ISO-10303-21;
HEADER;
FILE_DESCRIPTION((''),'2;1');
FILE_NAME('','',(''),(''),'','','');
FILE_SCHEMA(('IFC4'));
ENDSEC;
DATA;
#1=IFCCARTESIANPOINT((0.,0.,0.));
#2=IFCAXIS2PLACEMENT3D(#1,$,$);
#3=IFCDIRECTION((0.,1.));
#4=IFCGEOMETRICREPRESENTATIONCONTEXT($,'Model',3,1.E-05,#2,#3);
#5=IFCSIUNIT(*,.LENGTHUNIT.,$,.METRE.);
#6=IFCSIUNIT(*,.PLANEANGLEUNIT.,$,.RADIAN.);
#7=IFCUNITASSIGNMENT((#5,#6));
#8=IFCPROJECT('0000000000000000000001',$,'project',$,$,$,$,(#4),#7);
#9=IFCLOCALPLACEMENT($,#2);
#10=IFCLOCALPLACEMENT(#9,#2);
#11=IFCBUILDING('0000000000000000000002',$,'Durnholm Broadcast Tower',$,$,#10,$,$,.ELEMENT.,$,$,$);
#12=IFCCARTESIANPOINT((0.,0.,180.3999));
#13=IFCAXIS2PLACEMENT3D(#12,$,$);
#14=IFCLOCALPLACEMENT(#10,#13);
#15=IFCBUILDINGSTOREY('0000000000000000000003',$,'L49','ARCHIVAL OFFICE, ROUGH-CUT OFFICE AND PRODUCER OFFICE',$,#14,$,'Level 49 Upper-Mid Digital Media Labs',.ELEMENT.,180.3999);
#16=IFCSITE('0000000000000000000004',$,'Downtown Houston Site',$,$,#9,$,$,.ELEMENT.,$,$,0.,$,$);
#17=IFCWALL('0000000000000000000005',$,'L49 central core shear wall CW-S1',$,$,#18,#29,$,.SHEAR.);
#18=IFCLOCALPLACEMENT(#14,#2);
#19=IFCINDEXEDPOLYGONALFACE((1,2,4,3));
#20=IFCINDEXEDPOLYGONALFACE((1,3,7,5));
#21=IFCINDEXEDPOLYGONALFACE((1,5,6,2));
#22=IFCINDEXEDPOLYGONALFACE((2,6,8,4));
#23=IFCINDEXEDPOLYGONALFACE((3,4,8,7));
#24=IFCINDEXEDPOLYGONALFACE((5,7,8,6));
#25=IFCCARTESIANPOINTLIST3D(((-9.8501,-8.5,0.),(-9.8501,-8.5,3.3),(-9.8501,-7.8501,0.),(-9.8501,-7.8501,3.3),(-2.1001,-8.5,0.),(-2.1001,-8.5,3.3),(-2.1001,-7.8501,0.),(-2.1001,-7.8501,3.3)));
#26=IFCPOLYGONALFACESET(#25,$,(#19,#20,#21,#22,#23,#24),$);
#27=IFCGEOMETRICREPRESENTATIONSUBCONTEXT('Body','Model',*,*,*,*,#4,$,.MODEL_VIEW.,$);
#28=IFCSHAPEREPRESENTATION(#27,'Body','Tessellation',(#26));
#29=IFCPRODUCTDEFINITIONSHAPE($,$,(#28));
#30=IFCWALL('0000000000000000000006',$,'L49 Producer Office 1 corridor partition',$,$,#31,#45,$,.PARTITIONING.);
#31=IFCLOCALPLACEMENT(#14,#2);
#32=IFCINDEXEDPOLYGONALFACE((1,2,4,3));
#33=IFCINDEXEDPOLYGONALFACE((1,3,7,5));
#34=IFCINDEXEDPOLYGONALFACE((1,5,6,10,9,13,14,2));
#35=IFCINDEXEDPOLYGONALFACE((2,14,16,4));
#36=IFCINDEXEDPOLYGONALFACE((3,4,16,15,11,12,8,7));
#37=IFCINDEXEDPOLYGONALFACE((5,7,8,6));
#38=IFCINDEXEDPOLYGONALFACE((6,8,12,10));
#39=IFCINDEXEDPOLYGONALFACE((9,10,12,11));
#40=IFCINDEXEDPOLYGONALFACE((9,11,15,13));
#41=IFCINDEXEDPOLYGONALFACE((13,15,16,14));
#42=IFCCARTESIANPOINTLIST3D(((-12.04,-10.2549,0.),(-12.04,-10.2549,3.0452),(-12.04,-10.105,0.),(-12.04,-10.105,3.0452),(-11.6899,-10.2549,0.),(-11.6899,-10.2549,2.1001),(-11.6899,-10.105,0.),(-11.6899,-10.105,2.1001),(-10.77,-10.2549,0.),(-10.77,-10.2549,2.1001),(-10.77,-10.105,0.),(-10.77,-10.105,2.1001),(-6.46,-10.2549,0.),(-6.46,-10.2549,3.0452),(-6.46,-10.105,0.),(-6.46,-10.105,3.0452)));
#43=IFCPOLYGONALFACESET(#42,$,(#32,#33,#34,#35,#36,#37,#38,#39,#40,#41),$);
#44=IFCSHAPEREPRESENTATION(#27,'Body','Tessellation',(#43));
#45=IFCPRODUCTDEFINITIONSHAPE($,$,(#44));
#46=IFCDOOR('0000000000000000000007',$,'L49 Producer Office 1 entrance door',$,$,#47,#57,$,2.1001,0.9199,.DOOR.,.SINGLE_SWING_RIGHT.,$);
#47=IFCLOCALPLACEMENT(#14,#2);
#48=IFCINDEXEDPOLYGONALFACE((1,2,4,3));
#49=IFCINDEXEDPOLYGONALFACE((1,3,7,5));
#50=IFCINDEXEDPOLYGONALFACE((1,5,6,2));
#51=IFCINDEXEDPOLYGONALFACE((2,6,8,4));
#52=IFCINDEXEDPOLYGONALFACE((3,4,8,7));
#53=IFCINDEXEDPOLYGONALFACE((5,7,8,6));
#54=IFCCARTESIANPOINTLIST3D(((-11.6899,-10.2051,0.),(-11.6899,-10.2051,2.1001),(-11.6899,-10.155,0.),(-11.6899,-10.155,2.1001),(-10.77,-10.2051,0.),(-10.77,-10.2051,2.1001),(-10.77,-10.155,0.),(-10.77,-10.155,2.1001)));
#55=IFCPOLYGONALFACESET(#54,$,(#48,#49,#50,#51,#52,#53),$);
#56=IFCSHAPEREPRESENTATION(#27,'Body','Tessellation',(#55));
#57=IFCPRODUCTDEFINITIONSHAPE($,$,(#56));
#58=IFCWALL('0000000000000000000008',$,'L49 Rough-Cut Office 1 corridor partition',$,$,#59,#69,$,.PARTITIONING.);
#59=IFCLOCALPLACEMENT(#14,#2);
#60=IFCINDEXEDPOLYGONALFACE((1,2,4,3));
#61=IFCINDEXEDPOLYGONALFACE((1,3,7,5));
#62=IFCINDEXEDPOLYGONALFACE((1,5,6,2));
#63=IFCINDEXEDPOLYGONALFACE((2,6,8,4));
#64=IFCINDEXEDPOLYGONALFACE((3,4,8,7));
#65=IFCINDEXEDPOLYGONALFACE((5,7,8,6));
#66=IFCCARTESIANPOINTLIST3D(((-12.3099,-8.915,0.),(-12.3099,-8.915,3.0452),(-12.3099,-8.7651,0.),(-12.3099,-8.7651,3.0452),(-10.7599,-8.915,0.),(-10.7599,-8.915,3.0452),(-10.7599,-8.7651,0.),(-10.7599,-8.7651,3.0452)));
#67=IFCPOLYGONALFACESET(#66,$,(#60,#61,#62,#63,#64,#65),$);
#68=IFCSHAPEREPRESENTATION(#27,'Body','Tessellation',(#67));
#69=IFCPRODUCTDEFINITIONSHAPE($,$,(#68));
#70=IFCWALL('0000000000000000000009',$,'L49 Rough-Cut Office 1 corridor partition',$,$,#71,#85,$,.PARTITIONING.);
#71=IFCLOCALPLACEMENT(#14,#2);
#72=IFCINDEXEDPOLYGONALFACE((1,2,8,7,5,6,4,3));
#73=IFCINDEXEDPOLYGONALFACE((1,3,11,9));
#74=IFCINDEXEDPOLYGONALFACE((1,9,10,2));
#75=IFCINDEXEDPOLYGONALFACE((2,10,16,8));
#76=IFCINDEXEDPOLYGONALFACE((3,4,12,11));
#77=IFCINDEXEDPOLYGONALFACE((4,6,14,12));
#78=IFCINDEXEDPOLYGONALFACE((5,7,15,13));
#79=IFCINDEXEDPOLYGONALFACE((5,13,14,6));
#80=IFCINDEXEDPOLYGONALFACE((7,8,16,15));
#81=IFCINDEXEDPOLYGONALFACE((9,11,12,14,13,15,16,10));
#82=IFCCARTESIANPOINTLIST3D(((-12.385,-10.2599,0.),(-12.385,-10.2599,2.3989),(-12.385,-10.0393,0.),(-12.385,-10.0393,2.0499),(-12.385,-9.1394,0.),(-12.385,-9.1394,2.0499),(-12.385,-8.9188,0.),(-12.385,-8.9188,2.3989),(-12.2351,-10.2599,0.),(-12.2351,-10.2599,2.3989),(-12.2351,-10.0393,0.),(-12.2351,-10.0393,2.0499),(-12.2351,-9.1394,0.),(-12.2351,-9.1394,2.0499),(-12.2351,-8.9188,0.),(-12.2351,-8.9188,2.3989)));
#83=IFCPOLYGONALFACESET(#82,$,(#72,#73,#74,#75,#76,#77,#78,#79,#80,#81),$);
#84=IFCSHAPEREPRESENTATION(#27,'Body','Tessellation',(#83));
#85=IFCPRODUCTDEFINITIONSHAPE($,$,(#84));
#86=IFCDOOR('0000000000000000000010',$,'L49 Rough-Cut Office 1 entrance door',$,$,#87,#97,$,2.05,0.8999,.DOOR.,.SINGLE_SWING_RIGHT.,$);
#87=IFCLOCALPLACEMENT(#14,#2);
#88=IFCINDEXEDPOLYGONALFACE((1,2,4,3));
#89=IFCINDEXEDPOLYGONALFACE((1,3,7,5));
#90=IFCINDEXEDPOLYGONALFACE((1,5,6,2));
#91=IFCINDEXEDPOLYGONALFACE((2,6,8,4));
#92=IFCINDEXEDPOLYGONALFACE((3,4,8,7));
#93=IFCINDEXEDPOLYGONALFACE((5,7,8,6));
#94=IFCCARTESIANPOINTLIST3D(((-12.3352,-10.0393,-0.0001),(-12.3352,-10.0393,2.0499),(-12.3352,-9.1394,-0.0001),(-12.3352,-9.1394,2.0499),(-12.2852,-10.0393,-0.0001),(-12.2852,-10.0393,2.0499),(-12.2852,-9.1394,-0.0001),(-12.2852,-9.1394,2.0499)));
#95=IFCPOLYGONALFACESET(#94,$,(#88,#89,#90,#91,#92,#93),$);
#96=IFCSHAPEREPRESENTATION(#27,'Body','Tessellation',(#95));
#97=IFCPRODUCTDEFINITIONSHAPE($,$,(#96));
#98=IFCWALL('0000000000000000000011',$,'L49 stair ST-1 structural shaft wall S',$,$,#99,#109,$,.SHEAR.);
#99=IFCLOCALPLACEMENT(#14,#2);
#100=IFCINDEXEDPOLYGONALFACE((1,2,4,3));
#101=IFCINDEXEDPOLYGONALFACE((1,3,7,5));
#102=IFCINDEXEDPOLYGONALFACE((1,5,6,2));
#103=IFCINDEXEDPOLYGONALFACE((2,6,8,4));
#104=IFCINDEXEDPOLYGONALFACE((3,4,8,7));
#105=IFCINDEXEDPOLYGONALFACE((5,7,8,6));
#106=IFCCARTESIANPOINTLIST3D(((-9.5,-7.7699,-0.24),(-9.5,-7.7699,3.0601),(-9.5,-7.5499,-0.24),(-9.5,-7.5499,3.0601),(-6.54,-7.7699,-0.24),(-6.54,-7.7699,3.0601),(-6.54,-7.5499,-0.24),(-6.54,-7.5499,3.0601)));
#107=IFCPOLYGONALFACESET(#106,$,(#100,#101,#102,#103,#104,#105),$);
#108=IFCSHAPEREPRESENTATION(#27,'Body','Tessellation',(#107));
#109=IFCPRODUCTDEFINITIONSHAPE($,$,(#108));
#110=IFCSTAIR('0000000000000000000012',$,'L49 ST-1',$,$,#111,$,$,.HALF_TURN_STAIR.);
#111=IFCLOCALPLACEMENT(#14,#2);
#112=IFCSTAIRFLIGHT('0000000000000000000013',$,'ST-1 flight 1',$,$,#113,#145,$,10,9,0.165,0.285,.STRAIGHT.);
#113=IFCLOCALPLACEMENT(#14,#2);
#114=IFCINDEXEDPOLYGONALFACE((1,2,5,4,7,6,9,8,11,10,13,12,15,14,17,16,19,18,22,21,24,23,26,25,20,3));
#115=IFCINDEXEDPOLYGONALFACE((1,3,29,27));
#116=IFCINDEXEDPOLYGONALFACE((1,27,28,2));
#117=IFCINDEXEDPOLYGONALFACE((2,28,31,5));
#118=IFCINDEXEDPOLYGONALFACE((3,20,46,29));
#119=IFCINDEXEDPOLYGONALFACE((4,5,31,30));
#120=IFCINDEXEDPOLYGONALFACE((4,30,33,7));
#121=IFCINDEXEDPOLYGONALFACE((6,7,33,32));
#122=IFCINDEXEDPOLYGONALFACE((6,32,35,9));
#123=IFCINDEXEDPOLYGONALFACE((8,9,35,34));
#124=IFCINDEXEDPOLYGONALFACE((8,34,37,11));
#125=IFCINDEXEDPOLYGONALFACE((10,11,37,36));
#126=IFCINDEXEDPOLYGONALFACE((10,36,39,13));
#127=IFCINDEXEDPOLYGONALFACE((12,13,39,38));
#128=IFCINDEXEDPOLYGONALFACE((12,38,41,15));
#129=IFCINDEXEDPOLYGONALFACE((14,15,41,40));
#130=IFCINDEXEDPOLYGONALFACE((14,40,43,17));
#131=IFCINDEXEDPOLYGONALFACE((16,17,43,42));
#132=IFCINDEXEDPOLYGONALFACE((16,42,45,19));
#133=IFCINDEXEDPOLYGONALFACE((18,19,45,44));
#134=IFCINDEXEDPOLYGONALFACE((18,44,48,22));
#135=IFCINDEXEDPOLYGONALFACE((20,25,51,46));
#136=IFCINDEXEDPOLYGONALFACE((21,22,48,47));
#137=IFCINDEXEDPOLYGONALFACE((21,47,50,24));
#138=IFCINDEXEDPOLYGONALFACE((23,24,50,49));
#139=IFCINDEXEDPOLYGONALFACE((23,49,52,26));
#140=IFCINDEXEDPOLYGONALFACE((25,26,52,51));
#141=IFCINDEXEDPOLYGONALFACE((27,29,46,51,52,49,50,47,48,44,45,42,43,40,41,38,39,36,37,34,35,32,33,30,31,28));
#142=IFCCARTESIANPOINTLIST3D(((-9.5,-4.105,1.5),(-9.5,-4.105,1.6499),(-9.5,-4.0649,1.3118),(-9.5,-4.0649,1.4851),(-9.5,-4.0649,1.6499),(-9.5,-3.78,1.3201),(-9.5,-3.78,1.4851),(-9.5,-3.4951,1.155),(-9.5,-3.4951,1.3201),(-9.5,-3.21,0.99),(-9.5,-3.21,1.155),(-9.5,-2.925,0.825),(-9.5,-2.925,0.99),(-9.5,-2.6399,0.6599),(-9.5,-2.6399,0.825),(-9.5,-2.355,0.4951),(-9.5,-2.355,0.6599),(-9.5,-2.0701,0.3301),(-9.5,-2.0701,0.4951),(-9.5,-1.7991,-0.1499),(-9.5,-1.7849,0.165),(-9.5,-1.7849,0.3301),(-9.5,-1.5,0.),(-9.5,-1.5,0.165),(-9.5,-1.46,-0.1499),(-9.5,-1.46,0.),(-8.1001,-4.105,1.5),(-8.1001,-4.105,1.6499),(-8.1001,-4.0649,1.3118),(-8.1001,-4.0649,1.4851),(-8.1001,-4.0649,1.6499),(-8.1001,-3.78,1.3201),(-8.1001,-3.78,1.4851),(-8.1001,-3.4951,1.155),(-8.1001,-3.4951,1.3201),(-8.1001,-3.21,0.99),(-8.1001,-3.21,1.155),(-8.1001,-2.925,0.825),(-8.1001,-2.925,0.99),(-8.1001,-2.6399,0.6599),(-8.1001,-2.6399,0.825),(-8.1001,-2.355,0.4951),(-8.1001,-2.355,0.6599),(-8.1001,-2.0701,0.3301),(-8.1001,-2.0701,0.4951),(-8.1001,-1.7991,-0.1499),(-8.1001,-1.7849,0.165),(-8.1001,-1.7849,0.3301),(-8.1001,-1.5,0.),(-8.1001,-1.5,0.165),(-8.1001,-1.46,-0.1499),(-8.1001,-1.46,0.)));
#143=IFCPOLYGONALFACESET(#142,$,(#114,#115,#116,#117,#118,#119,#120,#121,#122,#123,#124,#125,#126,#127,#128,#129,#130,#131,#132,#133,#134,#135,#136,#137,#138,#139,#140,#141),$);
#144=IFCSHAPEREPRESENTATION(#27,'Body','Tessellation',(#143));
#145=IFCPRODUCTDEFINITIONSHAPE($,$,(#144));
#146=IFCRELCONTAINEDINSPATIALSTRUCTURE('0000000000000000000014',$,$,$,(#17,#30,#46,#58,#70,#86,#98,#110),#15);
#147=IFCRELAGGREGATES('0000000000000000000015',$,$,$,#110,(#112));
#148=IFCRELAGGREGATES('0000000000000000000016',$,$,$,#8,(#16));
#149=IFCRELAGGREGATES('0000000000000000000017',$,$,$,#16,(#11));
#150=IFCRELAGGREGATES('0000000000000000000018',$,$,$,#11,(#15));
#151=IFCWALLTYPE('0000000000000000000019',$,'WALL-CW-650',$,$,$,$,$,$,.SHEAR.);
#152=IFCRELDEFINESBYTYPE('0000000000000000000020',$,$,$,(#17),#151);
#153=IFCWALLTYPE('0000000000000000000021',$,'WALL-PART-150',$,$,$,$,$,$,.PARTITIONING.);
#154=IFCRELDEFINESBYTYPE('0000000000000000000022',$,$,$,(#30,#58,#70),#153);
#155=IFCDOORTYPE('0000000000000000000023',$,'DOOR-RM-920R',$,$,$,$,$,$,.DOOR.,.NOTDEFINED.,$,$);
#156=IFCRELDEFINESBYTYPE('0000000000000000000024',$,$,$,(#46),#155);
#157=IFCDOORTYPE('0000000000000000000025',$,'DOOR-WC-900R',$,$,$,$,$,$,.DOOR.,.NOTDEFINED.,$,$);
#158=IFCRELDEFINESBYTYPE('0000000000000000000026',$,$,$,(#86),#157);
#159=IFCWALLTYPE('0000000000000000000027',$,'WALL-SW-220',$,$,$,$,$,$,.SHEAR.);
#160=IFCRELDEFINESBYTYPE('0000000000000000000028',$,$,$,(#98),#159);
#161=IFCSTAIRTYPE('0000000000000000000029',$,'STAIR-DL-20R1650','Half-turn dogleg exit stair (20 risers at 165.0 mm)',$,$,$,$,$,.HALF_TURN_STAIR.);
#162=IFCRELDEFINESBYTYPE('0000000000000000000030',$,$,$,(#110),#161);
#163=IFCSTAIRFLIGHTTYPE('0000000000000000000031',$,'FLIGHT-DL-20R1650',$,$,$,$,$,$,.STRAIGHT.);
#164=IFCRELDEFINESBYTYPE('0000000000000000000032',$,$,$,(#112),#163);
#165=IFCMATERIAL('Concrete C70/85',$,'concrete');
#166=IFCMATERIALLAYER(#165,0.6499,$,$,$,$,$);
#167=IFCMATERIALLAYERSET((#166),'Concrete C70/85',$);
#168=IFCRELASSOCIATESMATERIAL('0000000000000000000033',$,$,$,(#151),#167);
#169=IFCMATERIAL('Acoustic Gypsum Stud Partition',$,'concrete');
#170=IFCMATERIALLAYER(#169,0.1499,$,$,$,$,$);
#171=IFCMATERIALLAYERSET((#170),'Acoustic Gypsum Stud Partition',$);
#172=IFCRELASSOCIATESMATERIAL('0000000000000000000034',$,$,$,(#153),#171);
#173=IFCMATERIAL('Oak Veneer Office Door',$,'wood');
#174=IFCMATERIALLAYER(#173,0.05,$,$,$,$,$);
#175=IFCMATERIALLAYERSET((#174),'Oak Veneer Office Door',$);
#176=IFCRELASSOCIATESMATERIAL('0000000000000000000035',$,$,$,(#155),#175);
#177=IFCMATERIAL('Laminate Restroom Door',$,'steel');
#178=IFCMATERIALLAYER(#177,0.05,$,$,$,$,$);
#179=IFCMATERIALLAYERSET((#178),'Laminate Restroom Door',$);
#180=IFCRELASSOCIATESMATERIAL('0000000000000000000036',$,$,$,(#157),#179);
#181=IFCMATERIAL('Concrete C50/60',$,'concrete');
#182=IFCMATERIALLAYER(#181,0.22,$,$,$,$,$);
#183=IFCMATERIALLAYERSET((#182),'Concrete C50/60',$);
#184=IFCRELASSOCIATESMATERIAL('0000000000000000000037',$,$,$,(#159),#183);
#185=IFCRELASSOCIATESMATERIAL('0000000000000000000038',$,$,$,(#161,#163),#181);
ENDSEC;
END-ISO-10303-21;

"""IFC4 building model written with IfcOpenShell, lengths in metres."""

from ifc_helpers import new_model, si_unit, direction, frame, frame_2d, origin, place, context, subcontext, project, spatial, polyline, rectangle, outline, extrude, source, transform, mapped, material, layer, layer_set, type_object, type_shapes, element, fill, aggregate, save


model = new_model("IFC4")

# Units and contexts
model_context = context("Model", 3, precision=1e-05, world=origin(), true_north=direction((0.0, 1.0)))
body_context = subcontext(model_context, "Body", "Model", "MODEL_VIEW")
ifc_project = project(units=[si_unit("LENGTHUNIT", "METRE"), si_unit("PLANEANGLEUNIT", "RADIAN")], contexts=[model_context])

# Site, building, storey
site_placement = place(None, origin())
site = spatial("IfcSite", under=ifc_project, at=site_placement, Name="Downtown Houston Site", CompositionType="ELEMENT", RefElevation=0.0)
building_placement = place(site_placement, origin())
building = spatial("IfcBuilding", under=site, at=building_placement, Name="Durnholm Broadcast Tower", CompositionType="ELEMENT")
storey_placement = place(building_placement, frame((0.0, 0.0, 180.3999)))
storey = spatial("IfcBuildingStorey", under=building, at=storey_placement, Name="L49", Description="ARCHIVAL OFFICE, ROUGH-CUT OFFICE AND PRODUCER OFFICE", LongName="Level 49 Upper-Mid Digital Media Labs", CompositionType="ELEMENT", Elevation=180.3999)

# Shared definitions
ifc_material_1 = material(Name="Concrete C70/85", Category="concrete")

# Wall
ifc_layer_1 = layer(ifc_material_1, 0.6499)
ifc_layer_set_1 = layer_set([ifc_layer_1], Name="Concrete C70/85")
wall_type_1 = type_object("IfcWallType", Name="WALL-CW-650", PredefinedType="SHEAR", material=ifc_layer_set_1)
wall_1_placement = place(storey_placement, frame((-9.8501, -8.175, 0.0), z_axis=(0.0, 0.0, 1.0), x_axis=(1.0, 0.0, 0.0)))
element("IfcWall", 1, at=wall_1_placement, inside=storey, type_object=wall_type_1, Name="L49 central core shear wall CW-S1", PredefinedType="SHEAR", context=body_context, shape_type="SweptSolid", body=[
    extrude(rectangle(XDim=7.75, YDim=0.6499, at=frame_2d((3.875, 0.0))), origin(), (0.0, 0.0, 1.0), 3.3),
])

# Wall, opening, door
ifc_material_2 = material(Name="Acoustic Gypsum Stud Partition", Category="concrete")
ifc_layer_2 = layer(ifc_material_2, 0.1499)
ifc_layer_set_2 = layer_set([ifc_layer_2], Name="Acoustic Gypsum Stud Partition")
wall_type_2 = type_object("IfcWallType", Name="WALL-PART-150", PredefinedType="PARTITIONING", material=ifc_layer_set_2)
wall_2_placement = place(storey_placement, frame((-12.04, -10.1799, 0.0), z_axis=(0.0, 0.0, 1.0), x_axis=(1.0, 0.0, 0.0)))
wall_2 = element("IfcWall", 2, at=wall_2_placement, inside=storey, type_object=wall_type_2, Name="L49 Producer Office 1 corridor partition", PredefinedType="PARTITIONING", context=body_context, shape_type="SweptSolid", body=[
    extrude(rectangle(XDim=5.5801, YDim=0.1499, at=frame_2d((2.79, 0.0))), origin(), (0.0, 0.0, 1.0), 3.0452),
])
opening_1_placement = place(wall_2_placement, frame((0.3501, 0.0, 0.0)))
opening_1 = element("IfcOpeningElement", 3, at=opening_1_placement, cuts=wall_2, PredefinedType="OPENING", context=body_context, shape_type="SweptSolid", body=[
    extrude(rectangle(XDim=0.9199, YDim=2.1001, at=frame_2d((0.46, 1.05))), frame((0.0, 0.085, 0.0), z_axis=(0.0, -1.0, 0.0), x_axis=(1.0, 0.0, 0.0)), (0.0, 0.0, 1.0), 0.1699),
])
ifc_material_3 = material(Name="Oak Veneer Office Door", Category="wood")
ifc_layer_3 = layer(ifc_material_3, 0.05)
ifc_layer_set_3 = layer_set([ifc_layer_3], Name="Oak Veneer Office Door")
door_type_1 = type_object("IfcDoorType", Name="DOOR-RM-920R", OperationType="NOTDEFINED", PredefinedType="DOOR", material=ifc_layer_set_3)
shared_shape_1 = source(origin(), body_context, "Body", "SweptSolid", [
    extrude(rectangle(XDim=0.9199, YDim=2.1001, at=frame_2d((0.46, 1.05))), frame((0.0, 0.0249, 0.0), z_axis=(0.0, -1.0, 0.0), x_axis=(1.0, 0.0, 0.0)), (0.0, 0.0, 1.0), 0.05),
])
type_shapes(door_type_1, [shared_shape_1])
door_1_placement = place(opening_1_placement, origin())
door_1 = element("IfcDoor", 4, at=door_1_placement, inside=storey, type_object=door_type_1, Name="L49 Producer Office 1 entrance door", OperationType="SINGLE_SWING_RIGHT", OverallHeight=2.1001, OverallWidth=0.9199, PredefinedType="DOOR", context=body_context, shape_type="MappedRepresentation", body=[
    mapped(shared_shape_1, transform((0.0, 0.0, 0.0), x_axis=(1.0, 0.0, 0.0), y_axis=(0.0, 1.0, 0.0), z_axis=(0.0, 0.0, 1.0), scale=1.0)),
])
fill(opening_1, door_1)

# Wall
wall_3_placement = place(storey_placement, frame((-10.76, -8.8401, 0.0), z_axis=(0.0, 0.0, 1.0), x_axis=(-1.0, 0.0, 0.0)))
element("IfcWall", 5, at=wall_3_placement, inside=storey, type_object=wall_type_2, Name="L49 Rough-Cut Office 1 corridor partition", PredefinedType="PARTITIONING", context=body_context, shape_type="SweptSolid", body=[
    extrude(rectangle(XDim=1.55, YDim=0.1499, at=frame_2d((0.7749, 0.0))), origin(), (0.0, 0.0, 1.0), 3.0452),
])

# Wall, opening, door
wall_4_placement = place(storey_placement, frame((-12.3101, -8.9189, 0.0), z_axis=(0.0, 0.0, 1.0), x_axis=(0.0, -1.0, 0.0)))
wall_4 = element("IfcWall", 6, at=wall_4_placement, inside=storey, type_object=wall_type_2, Name="L49 Rough-Cut Office 1 corridor partition", PredefinedType="PARTITIONING", context=body_context, shape_type="SweptSolid", body=[
    extrude(rectangle(XDim=1.3411, YDim=0.1499, at=frame_2d((0.6704, 0.0))), origin(), (0.0, 0.0, 1.0), 2.3989),
])
opening_2_placement = place(wall_4_placement, frame((0.2205, 0.0, 0.0)))
opening_2 = element("IfcOpeningElement", 7, at=opening_2_placement, cuts=wall_4, PredefinedType="OPENING", context=body_context, shape_type="SweptSolid", body=[
    extrude(rectangle(XDim=0.8999, YDim=2.05, at=frame_2d((0.45, 1.0249))), frame((0.0, 0.085, 0.0), z_axis=(0.0, -1.0, 0.0), x_axis=(1.0, 0.0, 0.0)), (0.0, 0.0, 1.0), 0.1699),
])
ifc_material_4 = material(Name="Laminate Restroom Door", Category="steel")
ifc_layer_4 = layer(ifc_material_4, 0.05)
ifc_layer_set_4 = layer_set([ifc_layer_4], Name="Laminate Restroom Door")
door_type_2 = type_object("IfcDoorType", Name="DOOR-WC-900R", OperationType="NOTDEFINED", PredefinedType="DOOR", material=ifc_layer_set_4)
shared_shape_2 = source(origin(), body_context, "Body", "SweptSolid", [
    extrude(rectangle(XDim=0.8999, YDim=2.05, at=frame_2d((0.45, 1.0249))), frame((0.0, 0.0249, 0.0), z_axis=(0.0, -1.0, 0.0), x_axis=(1.0, 0.0, 0.0)), (0.0, 0.0, 1.0), 0.05),
])
type_shapes(door_type_2, [shared_shape_2])
door_2_placement = place(opening_2_placement, origin())
door_2 = element("IfcDoor", 8, at=door_2_placement, inside=storey, type_object=door_type_2, Name="L49 Rough-Cut Office 1 entrance door", OperationType="SINGLE_SWING_RIGHT", OverallHeight=2.05, OverallWidth=0.8999, PredefinedType="DOOR", context=body_context, shape_type="MappedRepresentation", body=[
    mapped(shared_shape_2, transform((0.0, 0.0, 0.0), x_axis=(1.0, 0.0, 0.0), y_axis=(0.0, 1.0, 0.0), z_axis=(0.0, 0.0, 1.0), scale=1.0)),
])
fill(opening_2, door_2)

# Wall
ifc_material_5 = material(Name="Concrete C50/60", Category="concrete")
ifc_layer_5 = layer(ifc_material_5, 0.22)
ifc_layer_set_5 = layer_set([ifc_layer_5], Name="Concrete C50/60")
wall_type_3 = type_object("IfcWallType", Name="WALL-SW-220", PredefinedType="SHEAR", material=ifc_layer_set_5)
wall_5_placement = place(storey_placement, frame((-9.5, -7.6599, -0.24), z_axis=(0.0, 0.0, 1.0), x_axis=(1.0, 0.0, 0.0)))
element("IfcWall", 9, at=wall_5_placement, inside=storey, type_object=wall_type_3, Name="L49 stair ST-1 structural shaft wall S", PredefinedType="SHEAR", context=body_context, shape_type="SweptSolid", body=[
    extrude(rectangle(XDim=2.96, YDim=0.22, at=frame_2d((1.48, 0.0))), origin(), (0.0, 0.0, 1.0), 3.3),
])

# Stair, stair flight
stair_type = type_object("IfcStairType", Name="STAIR-DL-20R1650", Description="Half-turn dogleg exit stair (20 risers at 165.0 mm)", PredefinedType="HALF_TURN_STAIR", material=ifc_material_5)
stair_placement = place(storey_placement, origin())
stair = element("IfcStair", 10, at=stair_placement, inside=storey, type_object=stair_type, Name="L49 ST-1", PredefinedType="HALF_TURN_STAIR")
stair_flight_type = type_object("IfcStairFlightType", Name="FLIGHT-DL-20R1650", PredefinedType="STRAIGHT", material=ifc_material_5)
stair_flight_placement = place(storey_placement, frame((-8.8, -1.5, 0.0), z_axis=(0.0, 0.0, 1.0), x_axis=(0.0, -1.0, 0.0)))
stair_flight = element("IfcStairFlight", 11, at=stair_flight_placement, type_object=stair_flight_type, Name="ST-1 flight 1", NumberOfRisers=10, NumberOfTreads=9, PredefinedType="STRAIGHT", RiserHeight=0.165, TreadLength=0.285, context=body_context, shape_type="SweptSolid", body=[
    extrude(outline(polyline([(-0.04, -0.1499), (-0.04, 0.0), (0.0, 0.0), (0.0, 0.165), (0.2849, 0.165), (0.2849, 0.3301), (0.5701, 0.3301), (0.5701, 0.4951), (0.855, 0.4951), (0.855, 0.6599), (1.1399, 0.6599), (1.1399, 0.825), (1.425, 0.825), (1.425, 0.99), (1.71, 0.99), (1.71, 1.155), (1.9951, 1.155), (1.9951, 1.3201), (2.28, 1.3201), (2.28, 1.4851), (2.5649, 1.4851), (2.5649, 1.6499), (2.605, 1.6499), (2.605, 1.5), (2.5649, 1.3118), (0.2991, -0.1499), (-0.04, -0.1499)])), frame((0.0, 0.7, 0.0), z_axis=(0.0, -1.0, 0.0), x_axis=(1.0, 0.0, 0.0)), (0.0, 0.0, 1.0), 1.3999),
])
aggregate(stair, [stair_flight])

save(model, "model.ifc")
